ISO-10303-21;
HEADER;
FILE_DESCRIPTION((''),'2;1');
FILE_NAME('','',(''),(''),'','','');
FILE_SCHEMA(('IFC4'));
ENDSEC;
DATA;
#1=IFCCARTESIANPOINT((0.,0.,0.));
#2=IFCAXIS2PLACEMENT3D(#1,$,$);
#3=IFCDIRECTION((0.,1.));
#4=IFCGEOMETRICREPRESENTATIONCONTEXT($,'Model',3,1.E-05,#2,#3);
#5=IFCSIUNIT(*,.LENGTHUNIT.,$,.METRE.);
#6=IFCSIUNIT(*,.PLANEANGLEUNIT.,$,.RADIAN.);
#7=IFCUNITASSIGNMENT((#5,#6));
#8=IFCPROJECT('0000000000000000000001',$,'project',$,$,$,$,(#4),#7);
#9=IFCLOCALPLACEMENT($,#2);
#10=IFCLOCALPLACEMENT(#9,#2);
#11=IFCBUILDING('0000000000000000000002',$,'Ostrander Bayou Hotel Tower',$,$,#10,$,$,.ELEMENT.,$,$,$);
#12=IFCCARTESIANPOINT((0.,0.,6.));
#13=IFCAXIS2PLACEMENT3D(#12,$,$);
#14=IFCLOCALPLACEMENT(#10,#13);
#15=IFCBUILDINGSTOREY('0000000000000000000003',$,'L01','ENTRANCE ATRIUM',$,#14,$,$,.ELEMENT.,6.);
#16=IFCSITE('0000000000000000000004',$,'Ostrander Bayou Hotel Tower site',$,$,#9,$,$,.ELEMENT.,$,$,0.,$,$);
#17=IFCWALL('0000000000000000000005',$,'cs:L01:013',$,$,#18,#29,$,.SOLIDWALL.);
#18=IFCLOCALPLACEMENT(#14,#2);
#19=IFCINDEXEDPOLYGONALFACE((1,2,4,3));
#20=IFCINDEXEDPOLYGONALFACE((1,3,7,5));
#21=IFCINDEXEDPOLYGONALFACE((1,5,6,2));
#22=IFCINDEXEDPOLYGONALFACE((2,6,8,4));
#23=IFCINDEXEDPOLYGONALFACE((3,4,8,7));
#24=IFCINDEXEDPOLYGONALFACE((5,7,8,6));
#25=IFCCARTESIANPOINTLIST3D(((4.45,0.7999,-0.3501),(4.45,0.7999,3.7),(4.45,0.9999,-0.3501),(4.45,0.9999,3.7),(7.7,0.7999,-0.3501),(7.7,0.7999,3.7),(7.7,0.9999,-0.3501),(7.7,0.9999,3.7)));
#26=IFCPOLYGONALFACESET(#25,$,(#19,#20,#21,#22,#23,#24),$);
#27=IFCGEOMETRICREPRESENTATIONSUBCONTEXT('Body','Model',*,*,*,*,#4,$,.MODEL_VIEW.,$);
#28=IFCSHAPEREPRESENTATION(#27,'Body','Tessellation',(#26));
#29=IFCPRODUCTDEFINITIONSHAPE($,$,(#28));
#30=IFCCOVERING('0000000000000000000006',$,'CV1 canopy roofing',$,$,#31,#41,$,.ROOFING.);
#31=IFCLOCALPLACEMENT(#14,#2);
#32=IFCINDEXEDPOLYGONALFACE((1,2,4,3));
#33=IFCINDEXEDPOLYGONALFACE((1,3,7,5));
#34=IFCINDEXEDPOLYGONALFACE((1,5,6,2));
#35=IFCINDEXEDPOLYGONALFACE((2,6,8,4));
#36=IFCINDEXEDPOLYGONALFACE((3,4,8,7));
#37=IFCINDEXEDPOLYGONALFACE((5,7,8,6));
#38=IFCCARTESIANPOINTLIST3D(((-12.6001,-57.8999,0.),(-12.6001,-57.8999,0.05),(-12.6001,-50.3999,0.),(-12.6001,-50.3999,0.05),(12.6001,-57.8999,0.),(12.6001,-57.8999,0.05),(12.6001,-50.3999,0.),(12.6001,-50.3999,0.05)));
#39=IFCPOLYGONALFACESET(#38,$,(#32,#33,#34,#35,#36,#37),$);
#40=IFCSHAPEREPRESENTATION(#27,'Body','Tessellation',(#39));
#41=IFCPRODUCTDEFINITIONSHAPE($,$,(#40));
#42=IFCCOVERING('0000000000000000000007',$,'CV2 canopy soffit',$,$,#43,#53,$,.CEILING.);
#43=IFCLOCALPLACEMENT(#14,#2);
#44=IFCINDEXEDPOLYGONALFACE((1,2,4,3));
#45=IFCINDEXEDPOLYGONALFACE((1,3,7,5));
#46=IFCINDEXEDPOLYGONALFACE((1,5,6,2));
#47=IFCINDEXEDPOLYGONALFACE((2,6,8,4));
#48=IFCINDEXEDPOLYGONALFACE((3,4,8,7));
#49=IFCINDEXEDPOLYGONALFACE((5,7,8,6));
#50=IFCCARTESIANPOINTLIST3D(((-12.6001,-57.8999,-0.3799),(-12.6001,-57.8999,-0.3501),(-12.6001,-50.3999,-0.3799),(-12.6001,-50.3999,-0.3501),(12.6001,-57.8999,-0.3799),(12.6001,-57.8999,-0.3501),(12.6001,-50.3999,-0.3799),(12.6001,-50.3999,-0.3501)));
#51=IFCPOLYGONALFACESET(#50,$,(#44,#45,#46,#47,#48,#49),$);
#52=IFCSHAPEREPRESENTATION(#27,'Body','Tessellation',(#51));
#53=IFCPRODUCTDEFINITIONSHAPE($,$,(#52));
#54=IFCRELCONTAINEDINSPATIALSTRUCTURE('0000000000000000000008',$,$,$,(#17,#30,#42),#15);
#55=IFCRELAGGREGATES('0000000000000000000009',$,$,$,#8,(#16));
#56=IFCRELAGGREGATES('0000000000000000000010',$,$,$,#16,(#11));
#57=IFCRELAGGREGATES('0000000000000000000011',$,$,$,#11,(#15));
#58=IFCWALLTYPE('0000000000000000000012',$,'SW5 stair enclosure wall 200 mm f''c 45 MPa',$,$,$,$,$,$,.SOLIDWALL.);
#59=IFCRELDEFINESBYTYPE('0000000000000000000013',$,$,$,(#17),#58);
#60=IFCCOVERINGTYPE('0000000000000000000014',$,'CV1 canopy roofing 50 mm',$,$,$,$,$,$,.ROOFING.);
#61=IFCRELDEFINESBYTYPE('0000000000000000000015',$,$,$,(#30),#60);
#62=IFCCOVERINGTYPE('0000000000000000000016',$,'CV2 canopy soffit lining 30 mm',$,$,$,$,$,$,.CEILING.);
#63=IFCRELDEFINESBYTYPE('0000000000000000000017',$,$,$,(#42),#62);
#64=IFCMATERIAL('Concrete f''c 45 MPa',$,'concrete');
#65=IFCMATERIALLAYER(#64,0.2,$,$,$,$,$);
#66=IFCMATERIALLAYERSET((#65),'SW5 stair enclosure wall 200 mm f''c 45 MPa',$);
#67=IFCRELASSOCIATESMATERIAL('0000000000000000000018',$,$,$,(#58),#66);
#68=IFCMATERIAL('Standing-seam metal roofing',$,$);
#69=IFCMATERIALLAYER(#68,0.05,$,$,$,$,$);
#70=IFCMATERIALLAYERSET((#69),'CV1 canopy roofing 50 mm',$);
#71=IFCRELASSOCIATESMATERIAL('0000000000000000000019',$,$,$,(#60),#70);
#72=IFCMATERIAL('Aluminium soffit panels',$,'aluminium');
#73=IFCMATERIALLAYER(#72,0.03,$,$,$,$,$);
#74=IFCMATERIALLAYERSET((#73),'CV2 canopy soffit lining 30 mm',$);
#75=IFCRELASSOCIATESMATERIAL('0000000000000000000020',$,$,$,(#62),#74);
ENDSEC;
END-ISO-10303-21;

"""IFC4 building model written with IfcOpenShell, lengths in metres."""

from ifc_helpers import new_model, si_unit, direction, frame, frame_2d, origin, place, context, subcontext, project, spatial, polyline, rectangle, outline, extrude, material, layer, layer_set, type_object, element, save


model = new_model("IFC4")

# Units and contexts
model_context = context("Model", 3, precision=1e-05, world=origin(), true_north=direction((0.0, 1.0)))
body_context = subcontext(model_context, "Body", "Model", "MODEL_VIEW")
ifc_project = project(units=[si_unit("LENGTHUNIT", "METRE"), si_unit("PLANEANGLEUNIT", "RADIAN")], contexts=[model_context])

# Site, building, storey
site_placement = place(None, origin())
site = spatial("IfcSite", under=ifc_project, at=site_placement, Name="Ostrander Bayou Hotel Tower site", CompositionType="ELEMENT", RefElevation=0.0)
building_placement = place(site_placement, origin())
building = spatial("IfcBuilding", under=site, at=building_placement, Name="Ostrander Bayou Hotel Tower", CompositionType="ELEMENT")
storey_placement = place(building_placement, frame((0.0, 0.0, 6.0)))
storey = spatial("IfcBuildingStorey", under=building, at=storey_placement, Name="L01", Description="ENTRANCE ATRIUM", CompositionType="ELEMENT", Elevation=6.0)

# Wall
ifc_material_1 = material(Name="Concrete f'c 45 MPa", Category="concrete")
ifc_layer_1 = layer(ifc_material_1, 0.2)
ifc_layer_set_1 = layer_set([ifc_layer_1], Name="SW5 stair enclosure wall 200 mm f'c 45 MPa")
wall_type_1 = type_object("IfcWallType", Name="SW5 stair enclosure wall 200 mm f'c 45 MPa", PredefinedType="SOLIDWALL", material=ifc_layer_set_1)
wall_1_placement = place(storey_placement, frame((4.45, 0.8999, -0.3501), z_axis=(0.0, 0.0, 1.0), x_axis=(1.0, 0.0, 0.0)))
element("IfcWall", 1, at=wall_1_placement, inside=storey, type_object=wall_type_1, Name="cs:L01:013", PredefinedType="SOLIDWALL", context=body_context, shape_type="SweptSolid", body=[
    extrude(rectangle(XDim=3.25, YDim=0.2, at=frame_2d((1.625, 0.0))), origin(), (0.0, 0.0, 1.0), 4.05),
])

# Coverings
ifc_material_2 = material(Name="Standing-seam metal roofing")
ifc_layer_2 = layer(ifc_material_2, 0.05)
ifc_layer_set_2 = layer_set([ifc_layer_2], Name="CV1 canopy roofing 50 mm")
covering_type_1 = type_object("IfcCoveringType", Name="CV1 canopy roofing 50 mm", PredefinedType="ROOFING", material=ifc_layer_set_2)
covering_1_placement = place(storey_placement, origin())
element("IfcCovering", 2, at=covering_1_placement, inside=storey, type_object=covering_type_1, Name="CV1 canopy roofing", PredefinedType="ROOFING", context=body_context, shape_type="SweptSolid", body=[
    extrude(outline(polyline([(12.6001, -57.8999), (12.6001, -50.3999), (-12.6001, -50.3999), (-12.6001, -57.8999), (12.6001, -57.8999)])), origin(), (0.0, 0.0, 1.0), 0.05),
])
ifc_material_3 = material(Name="Aluminium soffit panels", Category="aluminium")
ifc_layer_3 = layer(ifc_material_3, 0.03)
ifc_layer_set_3 = layer_set([ifc_layer_3], Name="CV2 canopy soffit lining 30 mm")
covering_type_2 = type_object("IfcCoveringType", Name="CV2 canopy soffit lining 30 mm", PredefinedType="CEILING", material=ifc_layer_set_3)
covering_2_placement = place(storey_placement, frame((0.0, 0.0, -0.3799)))
element("IfcCovering", 3, at=covering_2_placement, inside=storey, type_object=covering_type_2, Name="CV2 canopy soffit", PredefinedType="CEILING", context=body_context, shape_type="SweptSolid", body=[
    extrude(outline(polyline([(12.6001, -57.8999), (12.6001, -50.3999), (-12.6001, -50.3999), (-12.6001, -57.8999), (12.6001, -57.8999)])), origin(), (0.0, 0.0, 1.0), 0.0298),
])

save(model, "model.ifc")
